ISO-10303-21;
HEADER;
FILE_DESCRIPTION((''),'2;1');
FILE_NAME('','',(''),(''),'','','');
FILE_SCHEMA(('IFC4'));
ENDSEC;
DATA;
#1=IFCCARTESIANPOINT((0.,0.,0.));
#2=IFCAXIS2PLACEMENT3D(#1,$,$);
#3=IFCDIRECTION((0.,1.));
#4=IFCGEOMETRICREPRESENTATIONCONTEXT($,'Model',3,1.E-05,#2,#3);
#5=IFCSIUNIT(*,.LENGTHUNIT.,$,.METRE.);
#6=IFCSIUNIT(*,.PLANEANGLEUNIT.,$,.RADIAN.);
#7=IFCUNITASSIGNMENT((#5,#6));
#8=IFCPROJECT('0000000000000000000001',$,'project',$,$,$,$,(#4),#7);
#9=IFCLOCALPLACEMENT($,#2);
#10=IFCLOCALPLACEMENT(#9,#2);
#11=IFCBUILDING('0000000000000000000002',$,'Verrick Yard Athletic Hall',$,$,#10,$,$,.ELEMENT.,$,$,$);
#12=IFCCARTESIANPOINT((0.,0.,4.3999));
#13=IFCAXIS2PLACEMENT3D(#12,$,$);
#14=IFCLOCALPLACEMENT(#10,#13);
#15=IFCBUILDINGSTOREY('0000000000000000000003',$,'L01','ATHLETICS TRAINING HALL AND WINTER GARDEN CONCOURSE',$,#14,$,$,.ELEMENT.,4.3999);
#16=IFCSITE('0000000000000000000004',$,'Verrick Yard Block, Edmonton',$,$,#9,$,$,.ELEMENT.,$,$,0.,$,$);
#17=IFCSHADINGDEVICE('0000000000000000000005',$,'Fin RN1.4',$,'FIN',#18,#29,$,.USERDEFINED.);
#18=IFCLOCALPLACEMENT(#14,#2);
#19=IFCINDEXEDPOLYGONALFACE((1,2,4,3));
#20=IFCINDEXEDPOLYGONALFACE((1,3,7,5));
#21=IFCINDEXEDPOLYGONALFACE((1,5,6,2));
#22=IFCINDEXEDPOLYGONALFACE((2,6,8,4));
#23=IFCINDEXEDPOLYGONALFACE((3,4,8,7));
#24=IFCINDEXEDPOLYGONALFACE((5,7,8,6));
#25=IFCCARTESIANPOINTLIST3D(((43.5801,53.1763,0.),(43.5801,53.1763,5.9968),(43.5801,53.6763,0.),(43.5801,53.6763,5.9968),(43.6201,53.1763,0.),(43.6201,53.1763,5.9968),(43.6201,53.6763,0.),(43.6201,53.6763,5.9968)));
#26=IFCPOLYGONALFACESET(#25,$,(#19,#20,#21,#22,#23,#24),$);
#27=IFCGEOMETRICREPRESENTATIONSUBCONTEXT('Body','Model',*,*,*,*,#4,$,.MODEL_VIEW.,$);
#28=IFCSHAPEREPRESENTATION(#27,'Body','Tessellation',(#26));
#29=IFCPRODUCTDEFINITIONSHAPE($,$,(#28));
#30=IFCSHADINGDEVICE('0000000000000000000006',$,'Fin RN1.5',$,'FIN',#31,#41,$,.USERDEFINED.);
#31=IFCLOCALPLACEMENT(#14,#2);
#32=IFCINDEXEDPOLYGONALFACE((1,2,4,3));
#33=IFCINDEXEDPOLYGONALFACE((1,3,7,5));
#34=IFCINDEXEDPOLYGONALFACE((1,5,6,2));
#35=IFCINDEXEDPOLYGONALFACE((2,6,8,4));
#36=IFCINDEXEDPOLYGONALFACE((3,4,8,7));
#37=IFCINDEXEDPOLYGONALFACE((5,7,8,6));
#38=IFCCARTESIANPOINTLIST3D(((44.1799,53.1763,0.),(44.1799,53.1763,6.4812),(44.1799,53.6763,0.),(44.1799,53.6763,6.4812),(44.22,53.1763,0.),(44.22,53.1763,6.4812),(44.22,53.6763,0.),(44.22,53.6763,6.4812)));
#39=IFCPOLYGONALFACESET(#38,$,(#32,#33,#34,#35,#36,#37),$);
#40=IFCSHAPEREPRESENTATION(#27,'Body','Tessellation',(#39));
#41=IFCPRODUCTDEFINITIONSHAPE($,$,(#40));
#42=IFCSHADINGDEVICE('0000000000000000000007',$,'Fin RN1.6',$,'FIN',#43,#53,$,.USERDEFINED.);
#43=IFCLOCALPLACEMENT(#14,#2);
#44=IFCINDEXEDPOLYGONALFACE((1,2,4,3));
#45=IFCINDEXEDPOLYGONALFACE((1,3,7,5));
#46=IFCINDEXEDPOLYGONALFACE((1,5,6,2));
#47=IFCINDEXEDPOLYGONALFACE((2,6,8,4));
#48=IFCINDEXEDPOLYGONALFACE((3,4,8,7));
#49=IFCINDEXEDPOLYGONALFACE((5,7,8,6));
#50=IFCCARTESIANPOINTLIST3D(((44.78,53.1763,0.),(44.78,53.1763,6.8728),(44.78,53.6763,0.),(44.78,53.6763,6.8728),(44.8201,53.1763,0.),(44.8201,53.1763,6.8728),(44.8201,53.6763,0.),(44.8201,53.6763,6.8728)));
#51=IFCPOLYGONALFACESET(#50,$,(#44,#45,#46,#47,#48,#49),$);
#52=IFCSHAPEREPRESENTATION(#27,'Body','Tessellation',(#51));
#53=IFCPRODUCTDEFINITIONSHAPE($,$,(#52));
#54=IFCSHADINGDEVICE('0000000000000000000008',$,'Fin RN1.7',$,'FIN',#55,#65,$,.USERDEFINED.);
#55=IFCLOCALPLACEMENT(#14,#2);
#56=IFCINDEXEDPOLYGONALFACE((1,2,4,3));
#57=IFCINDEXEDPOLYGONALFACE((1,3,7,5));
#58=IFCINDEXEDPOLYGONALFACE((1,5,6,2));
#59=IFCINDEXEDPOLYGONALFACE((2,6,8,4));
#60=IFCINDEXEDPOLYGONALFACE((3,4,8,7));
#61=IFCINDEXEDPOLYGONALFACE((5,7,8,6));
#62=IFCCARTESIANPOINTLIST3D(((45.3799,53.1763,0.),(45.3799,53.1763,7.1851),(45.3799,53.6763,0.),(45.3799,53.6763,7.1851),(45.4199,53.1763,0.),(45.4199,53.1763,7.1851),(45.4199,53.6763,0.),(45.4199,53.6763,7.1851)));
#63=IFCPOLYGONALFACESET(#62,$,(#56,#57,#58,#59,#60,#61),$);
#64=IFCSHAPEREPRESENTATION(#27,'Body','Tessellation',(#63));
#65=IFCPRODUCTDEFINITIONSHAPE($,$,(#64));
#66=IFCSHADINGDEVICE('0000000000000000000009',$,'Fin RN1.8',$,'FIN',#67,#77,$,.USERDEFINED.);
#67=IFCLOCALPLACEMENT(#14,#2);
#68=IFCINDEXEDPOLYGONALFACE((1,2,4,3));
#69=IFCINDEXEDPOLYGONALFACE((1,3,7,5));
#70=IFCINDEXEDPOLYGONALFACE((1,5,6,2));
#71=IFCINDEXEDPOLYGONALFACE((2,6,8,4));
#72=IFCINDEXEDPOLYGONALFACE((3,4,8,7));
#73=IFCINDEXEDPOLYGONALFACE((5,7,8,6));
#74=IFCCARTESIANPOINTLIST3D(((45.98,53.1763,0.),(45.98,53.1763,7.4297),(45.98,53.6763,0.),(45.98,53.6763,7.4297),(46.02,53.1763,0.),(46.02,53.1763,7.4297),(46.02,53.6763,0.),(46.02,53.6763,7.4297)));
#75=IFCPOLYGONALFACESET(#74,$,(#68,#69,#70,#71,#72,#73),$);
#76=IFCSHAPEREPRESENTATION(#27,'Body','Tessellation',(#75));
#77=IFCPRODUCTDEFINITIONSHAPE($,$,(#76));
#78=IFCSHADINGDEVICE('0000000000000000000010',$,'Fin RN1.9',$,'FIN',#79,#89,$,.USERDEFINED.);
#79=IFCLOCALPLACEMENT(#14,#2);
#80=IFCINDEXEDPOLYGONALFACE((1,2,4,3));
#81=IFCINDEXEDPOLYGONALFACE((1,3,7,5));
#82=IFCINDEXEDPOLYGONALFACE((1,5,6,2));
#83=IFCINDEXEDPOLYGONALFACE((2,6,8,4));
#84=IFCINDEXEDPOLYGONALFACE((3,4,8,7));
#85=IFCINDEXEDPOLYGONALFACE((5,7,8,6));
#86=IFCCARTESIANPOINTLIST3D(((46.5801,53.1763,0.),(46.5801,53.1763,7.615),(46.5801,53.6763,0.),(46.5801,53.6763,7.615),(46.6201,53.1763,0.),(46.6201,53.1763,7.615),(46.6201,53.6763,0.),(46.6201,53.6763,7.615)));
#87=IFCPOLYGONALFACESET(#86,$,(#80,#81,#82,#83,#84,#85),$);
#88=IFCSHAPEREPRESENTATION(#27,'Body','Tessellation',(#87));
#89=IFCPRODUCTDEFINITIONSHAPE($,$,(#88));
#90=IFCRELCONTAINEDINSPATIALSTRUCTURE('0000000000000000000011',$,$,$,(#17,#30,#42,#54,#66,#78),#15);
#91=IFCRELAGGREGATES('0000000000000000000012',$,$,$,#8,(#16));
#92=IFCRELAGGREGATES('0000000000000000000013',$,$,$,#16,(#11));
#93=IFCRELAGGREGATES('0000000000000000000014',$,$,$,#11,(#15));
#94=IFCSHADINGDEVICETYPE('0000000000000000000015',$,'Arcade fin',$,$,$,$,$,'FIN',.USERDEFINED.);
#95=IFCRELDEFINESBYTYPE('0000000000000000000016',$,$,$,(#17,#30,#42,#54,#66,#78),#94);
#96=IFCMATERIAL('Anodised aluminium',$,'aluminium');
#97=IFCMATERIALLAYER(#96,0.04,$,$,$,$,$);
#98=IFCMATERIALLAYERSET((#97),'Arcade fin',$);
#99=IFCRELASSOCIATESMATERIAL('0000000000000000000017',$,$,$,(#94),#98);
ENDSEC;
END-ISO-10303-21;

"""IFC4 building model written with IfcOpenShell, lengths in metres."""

from ifc_helpers import new_model, si_unit, direction, frame, origin, place, context, subcontext, project, spatial, polyline, outline, extrude, material, layer, layer_set, type_object, element, save


model = new_model("IFC4")

# Units and contexts
model_context = context("Model", 3, precision=1e-05, world=origin(), true_north=direction((0.0, 1.0)))
body_context = subcontext(model_context, "Body", "Model", "MODEL_VIEW")
ifc_project = project(units=[si_unit("LENGTHUNIT", "METRE"), si_unit("PLANEANGLEUNIT", "RADIAN")], contexts=[model_context])

# Site, building, storey
site_placement = place(None, origin())
site = spatial("IfcSite", under=ifc_project, at=site_placement, Name="Verrick Yard Block, Edmonton", CompositionType="ELEMENT", RefElevation=0.0)
building_placement = place(site_placement, origin())
building = spatial("IfcBuilding", under=site, at=building_placement, Name="Verrick Yard Athletic Hall", CompositionType="ELEMENT")
storey_placement = place(building_placement, frame((0.0, 0.0, 4.3999)))
storey = spatial("IfcBuildingStorey", under=building, at=storey_placement, Name="L01", Description="ATHLETICS TRAINING HALL AND WINTER GARDEN CONCOURSE", CompositionType="ELEMENT", Elevation=4.3999)

# Shading devices
ifc_material_1 = material(Name="Anodised aluminium", Category="aluminium")
ifc_layer_1 = layer(ifc_material_1, 0.04)
ifc_layer_set_1 = layer_set([ifc_layer_1], Name="Arcade fin")
shading_device_type = type_object("IfcShadingDeviceType", Name="Arcade fin", ElementType="FIN", PredefinedType="USERDEFINED", material=ifc_layer_set_1)
shading_device_1_placement = place(storey_placement, frame((43.6001, 53.1763, 0.0), z_axis=(0.0, 0.0, 1.0), x_axis=(0.0, 1.0, 0.0)))
element("IfcShadingDevice", 1, at=shading_device_1_placement, inside=storey, type_object=shading_device_type, Name="Fin RN1.4", ObjectType="FIN", PredefinedType="USERDEFINED", context=body_context, shape_type="SweptSolid", body=[
    extrude(outline(polyline([(0.0, 0.0), (0.5, 0.0), (0.5, 5.9968), (0.0, 5.9968), (0.0, 0.0)])), frame((0.0, 0.02, 0.0), z_axis=(0.0, -1.0, 0.0), x_axis=(1.0, 0.0, 0.0)), (0.0, 0.0, 1.0), 0.04),
])
shading_device_2_placement = place(storey_placement, frame((44.2, 53.1763, 0.0), z_axis=(0.0, 0.0, 1.0), x_axis=(0.0, 1.0, 0.0)))
element("IfcShadingDevice", 2, at=shading_device_2_placement, inside=storey, type_object=shading_device_type, Name="Fin RN1.5", ObjectType="FIN", PredefinedType="USERDEFINED", context=body_context, shape_type="SweptSolid", body=[
    extrude(outline(polyline([(0.0, 0.0), (0.5, 0.0), (0.5, 6.4812), (0.0, 6.4812), (0.0, 0.0)])), frame((0.0, 0.02, 0.0), z_axis=(0.0, -1.0, 0.0), x_axis=(1.0, 0.0, 0.0)), (0.0, 0.0, 1.0), 0.04),
])
shading_device_3_placement = place(storey_placement, frame((44.8, 53.1763, 0.0), z_axis=(0.0, 0.0, 1.0), x_axis=(0.0, 1.0, 0.0)))
element("IfcShadingDevice", 3, at=shading_device_3_placement, inside=storey, type_object=shading_device_type, Name="Fin RN1.6", ObjectType="FIN", PredefinedType="USERDEFINED", context=body_context, shape_type="SweptSolid", body=[
    extrude(outline(polyline([(0.0, 0.0), (0.5, 0.0), (0.5, 6.8728), (0.0, 6.8728), (0.0, 0.0)])), frame((0.0, 0.02, 0.0), z_axis=(0.0, -1.0, 0.0), x_axis=(1.0, 0.0, 0.0)), (0.0, 0.0, 1.0), 0.04),
])
shading_device_4_placement = place(storey_placement, frame((45.3999, 53.1763, 0.0), z_axis=(0.0, 0.0, 1.0), x_axis=(0.0, 1.0, 0.0)))
element("IfcShadingDevice", 4, at=shading_device_4_placement, inside=storey, type_object=shading_device_type, Name="Fin RN1.7", ObjectType="FIN", PredefinedType="USERDEFINED", context=body_context, shape_type="SweptSolid", body=[
    extrude(outline(polyline([(0.0, 0.0), (0.5, 0.0), (0.5, 7.1851), (0.0, 7.1851), (0.0, 0.0)])), frame((0.0, 0.02, 0.0), z_axis=(0.0, -1.0, 0.0), x_axis=(1.0, 0.0, 0.0)), (0.0, 0.0, 1.0), 0.04),
])
shading_device_5_placement = place(storey_placement, frame((46.0, 53.1763, 0.0), z_axis=(0.0, 0.0, 1.0), x_axis=(0.0, 1.0, 0.0)))
element("IfcShadingDevice", 5, at=shading_device_5_placement, inside=storey, type_object=shading_device_type, Name="Fin RN1.8", ObjectType="FIN", PredefinedType="USERDEFINED", context=body_context, shape_type="SweptSolid", body=[
    extrude(outline(polyline([(0.0, 0.0), (0.5, 0.0), (0.5, 7.4297), (0.0, 7.4297), (0.0, 0.0)])), frame((0.0, 0.02, 0.0), z_axis=(0.0, -1.0, 0.0), x_axis=(1.0, 0.0, 0.0)), (0.0, 0.0, 1.0), 0.04),
])
shading_device_6_placement = place(storey_placement, frame((46.6001, 53.1763, 0.0), z_axis=(0.0, 0.0, 1.0), x_axis=(0.0, 1.0, 0.0)))
element("IfcShadingDevice", 6, at=shading_device_6_placement, inside=storey, type_object=shading_device_type, Name="Fin RN1.9", ObjectType="FIN", PredefinedType="USERDEFINED", context=body_context, shape_type="SweptSolid", body=[
    extrude(outline(polyline([(0.0, 0.0), (0.5, 0.0), (0.5, 7.615), (0.0, 7.615), (0.0, 0.0)])), frame((0.0, 0.02, 0.0), z_axis=(0.0, -1.0, 0.0), x_axis=(1.0, 0.0, 0.0)), (0.0, 0.0, 1.0), 0.04),
])

save(model, "model.ifc")
